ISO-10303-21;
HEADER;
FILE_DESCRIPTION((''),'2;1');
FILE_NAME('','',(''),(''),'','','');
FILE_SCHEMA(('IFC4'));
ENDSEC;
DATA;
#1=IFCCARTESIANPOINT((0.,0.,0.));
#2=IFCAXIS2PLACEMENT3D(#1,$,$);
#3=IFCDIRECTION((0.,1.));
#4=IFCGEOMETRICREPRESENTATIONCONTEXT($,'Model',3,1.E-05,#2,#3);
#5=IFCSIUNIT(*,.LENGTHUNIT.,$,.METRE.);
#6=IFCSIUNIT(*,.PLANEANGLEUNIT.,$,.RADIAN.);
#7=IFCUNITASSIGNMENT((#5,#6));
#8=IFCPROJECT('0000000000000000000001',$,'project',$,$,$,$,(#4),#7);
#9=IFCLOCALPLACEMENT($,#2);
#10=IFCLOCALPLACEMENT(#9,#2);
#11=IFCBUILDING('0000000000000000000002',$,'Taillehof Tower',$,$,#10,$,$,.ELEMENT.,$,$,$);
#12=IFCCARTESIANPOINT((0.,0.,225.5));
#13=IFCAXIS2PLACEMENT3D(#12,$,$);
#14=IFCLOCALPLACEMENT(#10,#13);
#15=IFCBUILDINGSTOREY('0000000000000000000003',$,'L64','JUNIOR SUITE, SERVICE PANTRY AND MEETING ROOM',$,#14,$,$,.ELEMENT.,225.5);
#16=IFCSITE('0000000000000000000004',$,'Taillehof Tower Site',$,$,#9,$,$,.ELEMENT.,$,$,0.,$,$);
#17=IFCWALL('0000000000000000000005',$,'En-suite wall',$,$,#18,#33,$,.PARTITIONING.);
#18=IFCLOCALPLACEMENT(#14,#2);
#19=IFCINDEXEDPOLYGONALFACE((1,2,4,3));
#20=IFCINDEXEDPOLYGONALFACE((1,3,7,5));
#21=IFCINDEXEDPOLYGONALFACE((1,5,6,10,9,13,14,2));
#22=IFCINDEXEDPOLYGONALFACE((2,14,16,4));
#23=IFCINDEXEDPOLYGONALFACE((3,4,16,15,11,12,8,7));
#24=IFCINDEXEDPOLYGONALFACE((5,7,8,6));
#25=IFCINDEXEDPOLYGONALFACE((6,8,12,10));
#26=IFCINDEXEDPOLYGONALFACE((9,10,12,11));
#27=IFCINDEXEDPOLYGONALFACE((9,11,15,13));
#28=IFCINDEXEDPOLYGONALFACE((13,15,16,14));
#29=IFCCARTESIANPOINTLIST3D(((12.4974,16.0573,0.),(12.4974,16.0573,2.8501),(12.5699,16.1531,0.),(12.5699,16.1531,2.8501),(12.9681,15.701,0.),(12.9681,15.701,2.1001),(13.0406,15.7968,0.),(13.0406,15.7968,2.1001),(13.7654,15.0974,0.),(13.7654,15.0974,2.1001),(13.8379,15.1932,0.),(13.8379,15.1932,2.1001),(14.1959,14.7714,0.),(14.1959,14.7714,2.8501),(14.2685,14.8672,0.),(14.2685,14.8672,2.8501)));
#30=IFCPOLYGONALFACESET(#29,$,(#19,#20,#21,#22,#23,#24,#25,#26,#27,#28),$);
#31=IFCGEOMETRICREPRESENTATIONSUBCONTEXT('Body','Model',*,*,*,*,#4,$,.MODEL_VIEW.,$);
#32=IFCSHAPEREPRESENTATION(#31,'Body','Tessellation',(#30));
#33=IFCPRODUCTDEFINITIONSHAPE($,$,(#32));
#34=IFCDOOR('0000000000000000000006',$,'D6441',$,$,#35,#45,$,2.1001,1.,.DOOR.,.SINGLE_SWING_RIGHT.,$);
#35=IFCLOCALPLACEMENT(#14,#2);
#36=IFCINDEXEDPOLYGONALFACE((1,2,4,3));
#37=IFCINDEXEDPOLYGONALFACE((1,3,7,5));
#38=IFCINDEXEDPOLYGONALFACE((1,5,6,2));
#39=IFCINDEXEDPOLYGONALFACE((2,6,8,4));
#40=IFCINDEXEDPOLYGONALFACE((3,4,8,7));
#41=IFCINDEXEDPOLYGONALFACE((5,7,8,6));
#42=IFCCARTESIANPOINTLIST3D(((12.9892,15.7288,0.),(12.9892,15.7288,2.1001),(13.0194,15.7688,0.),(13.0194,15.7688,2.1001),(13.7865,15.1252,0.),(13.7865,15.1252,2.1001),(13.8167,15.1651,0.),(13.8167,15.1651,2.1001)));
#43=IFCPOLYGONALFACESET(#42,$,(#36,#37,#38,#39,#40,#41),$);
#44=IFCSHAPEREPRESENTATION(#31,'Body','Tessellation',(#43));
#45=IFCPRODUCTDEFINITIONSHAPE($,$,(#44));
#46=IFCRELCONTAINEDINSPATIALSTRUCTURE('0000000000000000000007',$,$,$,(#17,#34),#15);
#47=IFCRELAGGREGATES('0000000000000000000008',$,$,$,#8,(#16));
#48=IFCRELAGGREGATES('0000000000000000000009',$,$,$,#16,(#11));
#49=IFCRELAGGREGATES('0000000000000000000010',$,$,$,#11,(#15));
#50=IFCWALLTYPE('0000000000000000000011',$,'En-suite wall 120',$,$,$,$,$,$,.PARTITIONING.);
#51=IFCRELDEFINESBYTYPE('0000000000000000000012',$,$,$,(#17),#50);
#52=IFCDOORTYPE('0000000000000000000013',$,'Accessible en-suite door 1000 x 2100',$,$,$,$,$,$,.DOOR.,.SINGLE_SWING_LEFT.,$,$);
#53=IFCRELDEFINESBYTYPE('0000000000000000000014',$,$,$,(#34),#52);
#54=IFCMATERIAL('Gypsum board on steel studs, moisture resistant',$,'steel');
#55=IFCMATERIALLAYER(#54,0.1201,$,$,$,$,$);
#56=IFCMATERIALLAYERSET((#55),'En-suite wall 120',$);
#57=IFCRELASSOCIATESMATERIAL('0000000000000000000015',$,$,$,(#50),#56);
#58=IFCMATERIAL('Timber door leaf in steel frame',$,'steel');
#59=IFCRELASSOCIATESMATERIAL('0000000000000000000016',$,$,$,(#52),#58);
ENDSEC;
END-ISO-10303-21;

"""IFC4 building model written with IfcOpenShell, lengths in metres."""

from ifc_helpers import new_model, si_unit, direction, frame, frame_2d, origin, place, context, subcontext, project, spatial, rectangle, extrude, material, layer, layer_set, type_object, element, fill, save


model = new_model("IFC4")

# Units and contexts
model_context = context("Model", 3, precision=1e-05, world=origin(), true_north=direction((0.0, 1.0)))
body_context = subcontext(model_context, "Body", "Model", "MODEL_VIEW")
ifc_project = project(units=[si_unit("LENGTHUNIT", "METRE"), si_unit("PLANEANGLEUNIT", "RADIAN")], contexts=[model_context])

# Site, building, storey
site_placement = place(None, origin())
site = spatial("IfcSite", under=ifc_project, at=site_placement, Name="Taillehof Tower Site", CompositionType="ELEMENT", RefElevation=0.0)
building_placement = place(site_placement, origin())
building = spatial("IfcBuilding", under=site, at=building_placement, Name="Taillehof Tower", CompositionType="ELEMENT")
storey_placement = place(building_placement, frame((0.0, 0.0, 225.5)))
storey = spatial("IfcBuildingStorey", under=building, at=storey_placement, Name="L64", Description="JUNIOR SUITE, SERVICE PANTRY AND MEETING ROOM", CompositionType="ELEMENT", Elevation=225.5)

# Shared definitions
ifc_material_1 = material(Name="Gypsum board on steel studs, moisture resistant", Category="steel")
ifc_layer_1 = layer(ifc_material_1, 0.1201)
ifc_layer_set_1 = layer_set([ifc_layer_1], Name="En-suite wall 120")
wall_type_1 = type_object("IfcWallType", Name="En-suite wall 120", PredefinedType="PARTITIONING", material=ifc_layer_set_1)

# Wall, opening, door
wall_1_placement = place(storey_placement, frame((12.5337, 16.1052, 0.0), z_axis=(0.0, 0.0, 1.0), x_axis=(0.797283, -0.603606, 0.0)))
wall_1 = element("IfcWall", 1, at=wall_1_placement, inside=storey, type_object=wall_type_1, Name="En-suite wall", PredefinedType="PARTITIONING", context=body_context, shape_type="SweptSolid", body=[
    extrude(rectangle(XDim=2.1304, YDim=0.1201, at=frame_2d((1.0652, 0.0))), origin(), (0.0, 0.0, 1.0), 2.8501),
])
opening_1_placement = place(wall_1_placement, frame((0.5903, 0.0, 0.0)))
opening_1 = element("IfcOpeningElement", 2, at=opening_1_placement, cuts=wall_1, PredefinedType="OPENING", context=body_context, shape_type="SweptSolid", body=[
    extrude(rectangle(XDim=1.0, YDim=2.1001, at=frame_2d((0.5, 1.05))), frame((0.0, 0.0701, 0.0), z_axis=(0.0, -1.0, 0.0), x_axis=(1.0, 0.0, 0.0)), (0.0, 0.0, 1.0), 0.1401),
])
ifc_material_2 = material(Name="Timber door leaf in steel frame", Category="steel")
door_type = type_object("IfcDoorType", Name="Accessible en-suite door 1000 x 2100", OperationType="SINGLE_SWING_LEFT", PredefinedType="DOOR", material=ifc_material_2)
door_placement = place(opening_1_placement, origin())
door = element("IfcDoor", 3, at=door_placement, inside=storey, type_object=door_type, Name="D6441", OperationType="SINGLE_SWING_RIGHT", OverallHeight=2.1001, OverallWidth=1.0, PredefinedType="DOOR", context=body_context, shape_type="SweptSolid", body=[
    extrude(rectangle(XDim=1.0, YDim=2.1001, at=frame_2d((0.5, 1.05))), frame((0.0, 0.0249, 0.0), z_axis=(0.0, -1.0, 0.0), x_axis=(1.0, 0.0, 0.0)), (0.0, 0.0, 1.0), 0.05),
])
fill(opening_1, door)

save(model, "model.ifc")
